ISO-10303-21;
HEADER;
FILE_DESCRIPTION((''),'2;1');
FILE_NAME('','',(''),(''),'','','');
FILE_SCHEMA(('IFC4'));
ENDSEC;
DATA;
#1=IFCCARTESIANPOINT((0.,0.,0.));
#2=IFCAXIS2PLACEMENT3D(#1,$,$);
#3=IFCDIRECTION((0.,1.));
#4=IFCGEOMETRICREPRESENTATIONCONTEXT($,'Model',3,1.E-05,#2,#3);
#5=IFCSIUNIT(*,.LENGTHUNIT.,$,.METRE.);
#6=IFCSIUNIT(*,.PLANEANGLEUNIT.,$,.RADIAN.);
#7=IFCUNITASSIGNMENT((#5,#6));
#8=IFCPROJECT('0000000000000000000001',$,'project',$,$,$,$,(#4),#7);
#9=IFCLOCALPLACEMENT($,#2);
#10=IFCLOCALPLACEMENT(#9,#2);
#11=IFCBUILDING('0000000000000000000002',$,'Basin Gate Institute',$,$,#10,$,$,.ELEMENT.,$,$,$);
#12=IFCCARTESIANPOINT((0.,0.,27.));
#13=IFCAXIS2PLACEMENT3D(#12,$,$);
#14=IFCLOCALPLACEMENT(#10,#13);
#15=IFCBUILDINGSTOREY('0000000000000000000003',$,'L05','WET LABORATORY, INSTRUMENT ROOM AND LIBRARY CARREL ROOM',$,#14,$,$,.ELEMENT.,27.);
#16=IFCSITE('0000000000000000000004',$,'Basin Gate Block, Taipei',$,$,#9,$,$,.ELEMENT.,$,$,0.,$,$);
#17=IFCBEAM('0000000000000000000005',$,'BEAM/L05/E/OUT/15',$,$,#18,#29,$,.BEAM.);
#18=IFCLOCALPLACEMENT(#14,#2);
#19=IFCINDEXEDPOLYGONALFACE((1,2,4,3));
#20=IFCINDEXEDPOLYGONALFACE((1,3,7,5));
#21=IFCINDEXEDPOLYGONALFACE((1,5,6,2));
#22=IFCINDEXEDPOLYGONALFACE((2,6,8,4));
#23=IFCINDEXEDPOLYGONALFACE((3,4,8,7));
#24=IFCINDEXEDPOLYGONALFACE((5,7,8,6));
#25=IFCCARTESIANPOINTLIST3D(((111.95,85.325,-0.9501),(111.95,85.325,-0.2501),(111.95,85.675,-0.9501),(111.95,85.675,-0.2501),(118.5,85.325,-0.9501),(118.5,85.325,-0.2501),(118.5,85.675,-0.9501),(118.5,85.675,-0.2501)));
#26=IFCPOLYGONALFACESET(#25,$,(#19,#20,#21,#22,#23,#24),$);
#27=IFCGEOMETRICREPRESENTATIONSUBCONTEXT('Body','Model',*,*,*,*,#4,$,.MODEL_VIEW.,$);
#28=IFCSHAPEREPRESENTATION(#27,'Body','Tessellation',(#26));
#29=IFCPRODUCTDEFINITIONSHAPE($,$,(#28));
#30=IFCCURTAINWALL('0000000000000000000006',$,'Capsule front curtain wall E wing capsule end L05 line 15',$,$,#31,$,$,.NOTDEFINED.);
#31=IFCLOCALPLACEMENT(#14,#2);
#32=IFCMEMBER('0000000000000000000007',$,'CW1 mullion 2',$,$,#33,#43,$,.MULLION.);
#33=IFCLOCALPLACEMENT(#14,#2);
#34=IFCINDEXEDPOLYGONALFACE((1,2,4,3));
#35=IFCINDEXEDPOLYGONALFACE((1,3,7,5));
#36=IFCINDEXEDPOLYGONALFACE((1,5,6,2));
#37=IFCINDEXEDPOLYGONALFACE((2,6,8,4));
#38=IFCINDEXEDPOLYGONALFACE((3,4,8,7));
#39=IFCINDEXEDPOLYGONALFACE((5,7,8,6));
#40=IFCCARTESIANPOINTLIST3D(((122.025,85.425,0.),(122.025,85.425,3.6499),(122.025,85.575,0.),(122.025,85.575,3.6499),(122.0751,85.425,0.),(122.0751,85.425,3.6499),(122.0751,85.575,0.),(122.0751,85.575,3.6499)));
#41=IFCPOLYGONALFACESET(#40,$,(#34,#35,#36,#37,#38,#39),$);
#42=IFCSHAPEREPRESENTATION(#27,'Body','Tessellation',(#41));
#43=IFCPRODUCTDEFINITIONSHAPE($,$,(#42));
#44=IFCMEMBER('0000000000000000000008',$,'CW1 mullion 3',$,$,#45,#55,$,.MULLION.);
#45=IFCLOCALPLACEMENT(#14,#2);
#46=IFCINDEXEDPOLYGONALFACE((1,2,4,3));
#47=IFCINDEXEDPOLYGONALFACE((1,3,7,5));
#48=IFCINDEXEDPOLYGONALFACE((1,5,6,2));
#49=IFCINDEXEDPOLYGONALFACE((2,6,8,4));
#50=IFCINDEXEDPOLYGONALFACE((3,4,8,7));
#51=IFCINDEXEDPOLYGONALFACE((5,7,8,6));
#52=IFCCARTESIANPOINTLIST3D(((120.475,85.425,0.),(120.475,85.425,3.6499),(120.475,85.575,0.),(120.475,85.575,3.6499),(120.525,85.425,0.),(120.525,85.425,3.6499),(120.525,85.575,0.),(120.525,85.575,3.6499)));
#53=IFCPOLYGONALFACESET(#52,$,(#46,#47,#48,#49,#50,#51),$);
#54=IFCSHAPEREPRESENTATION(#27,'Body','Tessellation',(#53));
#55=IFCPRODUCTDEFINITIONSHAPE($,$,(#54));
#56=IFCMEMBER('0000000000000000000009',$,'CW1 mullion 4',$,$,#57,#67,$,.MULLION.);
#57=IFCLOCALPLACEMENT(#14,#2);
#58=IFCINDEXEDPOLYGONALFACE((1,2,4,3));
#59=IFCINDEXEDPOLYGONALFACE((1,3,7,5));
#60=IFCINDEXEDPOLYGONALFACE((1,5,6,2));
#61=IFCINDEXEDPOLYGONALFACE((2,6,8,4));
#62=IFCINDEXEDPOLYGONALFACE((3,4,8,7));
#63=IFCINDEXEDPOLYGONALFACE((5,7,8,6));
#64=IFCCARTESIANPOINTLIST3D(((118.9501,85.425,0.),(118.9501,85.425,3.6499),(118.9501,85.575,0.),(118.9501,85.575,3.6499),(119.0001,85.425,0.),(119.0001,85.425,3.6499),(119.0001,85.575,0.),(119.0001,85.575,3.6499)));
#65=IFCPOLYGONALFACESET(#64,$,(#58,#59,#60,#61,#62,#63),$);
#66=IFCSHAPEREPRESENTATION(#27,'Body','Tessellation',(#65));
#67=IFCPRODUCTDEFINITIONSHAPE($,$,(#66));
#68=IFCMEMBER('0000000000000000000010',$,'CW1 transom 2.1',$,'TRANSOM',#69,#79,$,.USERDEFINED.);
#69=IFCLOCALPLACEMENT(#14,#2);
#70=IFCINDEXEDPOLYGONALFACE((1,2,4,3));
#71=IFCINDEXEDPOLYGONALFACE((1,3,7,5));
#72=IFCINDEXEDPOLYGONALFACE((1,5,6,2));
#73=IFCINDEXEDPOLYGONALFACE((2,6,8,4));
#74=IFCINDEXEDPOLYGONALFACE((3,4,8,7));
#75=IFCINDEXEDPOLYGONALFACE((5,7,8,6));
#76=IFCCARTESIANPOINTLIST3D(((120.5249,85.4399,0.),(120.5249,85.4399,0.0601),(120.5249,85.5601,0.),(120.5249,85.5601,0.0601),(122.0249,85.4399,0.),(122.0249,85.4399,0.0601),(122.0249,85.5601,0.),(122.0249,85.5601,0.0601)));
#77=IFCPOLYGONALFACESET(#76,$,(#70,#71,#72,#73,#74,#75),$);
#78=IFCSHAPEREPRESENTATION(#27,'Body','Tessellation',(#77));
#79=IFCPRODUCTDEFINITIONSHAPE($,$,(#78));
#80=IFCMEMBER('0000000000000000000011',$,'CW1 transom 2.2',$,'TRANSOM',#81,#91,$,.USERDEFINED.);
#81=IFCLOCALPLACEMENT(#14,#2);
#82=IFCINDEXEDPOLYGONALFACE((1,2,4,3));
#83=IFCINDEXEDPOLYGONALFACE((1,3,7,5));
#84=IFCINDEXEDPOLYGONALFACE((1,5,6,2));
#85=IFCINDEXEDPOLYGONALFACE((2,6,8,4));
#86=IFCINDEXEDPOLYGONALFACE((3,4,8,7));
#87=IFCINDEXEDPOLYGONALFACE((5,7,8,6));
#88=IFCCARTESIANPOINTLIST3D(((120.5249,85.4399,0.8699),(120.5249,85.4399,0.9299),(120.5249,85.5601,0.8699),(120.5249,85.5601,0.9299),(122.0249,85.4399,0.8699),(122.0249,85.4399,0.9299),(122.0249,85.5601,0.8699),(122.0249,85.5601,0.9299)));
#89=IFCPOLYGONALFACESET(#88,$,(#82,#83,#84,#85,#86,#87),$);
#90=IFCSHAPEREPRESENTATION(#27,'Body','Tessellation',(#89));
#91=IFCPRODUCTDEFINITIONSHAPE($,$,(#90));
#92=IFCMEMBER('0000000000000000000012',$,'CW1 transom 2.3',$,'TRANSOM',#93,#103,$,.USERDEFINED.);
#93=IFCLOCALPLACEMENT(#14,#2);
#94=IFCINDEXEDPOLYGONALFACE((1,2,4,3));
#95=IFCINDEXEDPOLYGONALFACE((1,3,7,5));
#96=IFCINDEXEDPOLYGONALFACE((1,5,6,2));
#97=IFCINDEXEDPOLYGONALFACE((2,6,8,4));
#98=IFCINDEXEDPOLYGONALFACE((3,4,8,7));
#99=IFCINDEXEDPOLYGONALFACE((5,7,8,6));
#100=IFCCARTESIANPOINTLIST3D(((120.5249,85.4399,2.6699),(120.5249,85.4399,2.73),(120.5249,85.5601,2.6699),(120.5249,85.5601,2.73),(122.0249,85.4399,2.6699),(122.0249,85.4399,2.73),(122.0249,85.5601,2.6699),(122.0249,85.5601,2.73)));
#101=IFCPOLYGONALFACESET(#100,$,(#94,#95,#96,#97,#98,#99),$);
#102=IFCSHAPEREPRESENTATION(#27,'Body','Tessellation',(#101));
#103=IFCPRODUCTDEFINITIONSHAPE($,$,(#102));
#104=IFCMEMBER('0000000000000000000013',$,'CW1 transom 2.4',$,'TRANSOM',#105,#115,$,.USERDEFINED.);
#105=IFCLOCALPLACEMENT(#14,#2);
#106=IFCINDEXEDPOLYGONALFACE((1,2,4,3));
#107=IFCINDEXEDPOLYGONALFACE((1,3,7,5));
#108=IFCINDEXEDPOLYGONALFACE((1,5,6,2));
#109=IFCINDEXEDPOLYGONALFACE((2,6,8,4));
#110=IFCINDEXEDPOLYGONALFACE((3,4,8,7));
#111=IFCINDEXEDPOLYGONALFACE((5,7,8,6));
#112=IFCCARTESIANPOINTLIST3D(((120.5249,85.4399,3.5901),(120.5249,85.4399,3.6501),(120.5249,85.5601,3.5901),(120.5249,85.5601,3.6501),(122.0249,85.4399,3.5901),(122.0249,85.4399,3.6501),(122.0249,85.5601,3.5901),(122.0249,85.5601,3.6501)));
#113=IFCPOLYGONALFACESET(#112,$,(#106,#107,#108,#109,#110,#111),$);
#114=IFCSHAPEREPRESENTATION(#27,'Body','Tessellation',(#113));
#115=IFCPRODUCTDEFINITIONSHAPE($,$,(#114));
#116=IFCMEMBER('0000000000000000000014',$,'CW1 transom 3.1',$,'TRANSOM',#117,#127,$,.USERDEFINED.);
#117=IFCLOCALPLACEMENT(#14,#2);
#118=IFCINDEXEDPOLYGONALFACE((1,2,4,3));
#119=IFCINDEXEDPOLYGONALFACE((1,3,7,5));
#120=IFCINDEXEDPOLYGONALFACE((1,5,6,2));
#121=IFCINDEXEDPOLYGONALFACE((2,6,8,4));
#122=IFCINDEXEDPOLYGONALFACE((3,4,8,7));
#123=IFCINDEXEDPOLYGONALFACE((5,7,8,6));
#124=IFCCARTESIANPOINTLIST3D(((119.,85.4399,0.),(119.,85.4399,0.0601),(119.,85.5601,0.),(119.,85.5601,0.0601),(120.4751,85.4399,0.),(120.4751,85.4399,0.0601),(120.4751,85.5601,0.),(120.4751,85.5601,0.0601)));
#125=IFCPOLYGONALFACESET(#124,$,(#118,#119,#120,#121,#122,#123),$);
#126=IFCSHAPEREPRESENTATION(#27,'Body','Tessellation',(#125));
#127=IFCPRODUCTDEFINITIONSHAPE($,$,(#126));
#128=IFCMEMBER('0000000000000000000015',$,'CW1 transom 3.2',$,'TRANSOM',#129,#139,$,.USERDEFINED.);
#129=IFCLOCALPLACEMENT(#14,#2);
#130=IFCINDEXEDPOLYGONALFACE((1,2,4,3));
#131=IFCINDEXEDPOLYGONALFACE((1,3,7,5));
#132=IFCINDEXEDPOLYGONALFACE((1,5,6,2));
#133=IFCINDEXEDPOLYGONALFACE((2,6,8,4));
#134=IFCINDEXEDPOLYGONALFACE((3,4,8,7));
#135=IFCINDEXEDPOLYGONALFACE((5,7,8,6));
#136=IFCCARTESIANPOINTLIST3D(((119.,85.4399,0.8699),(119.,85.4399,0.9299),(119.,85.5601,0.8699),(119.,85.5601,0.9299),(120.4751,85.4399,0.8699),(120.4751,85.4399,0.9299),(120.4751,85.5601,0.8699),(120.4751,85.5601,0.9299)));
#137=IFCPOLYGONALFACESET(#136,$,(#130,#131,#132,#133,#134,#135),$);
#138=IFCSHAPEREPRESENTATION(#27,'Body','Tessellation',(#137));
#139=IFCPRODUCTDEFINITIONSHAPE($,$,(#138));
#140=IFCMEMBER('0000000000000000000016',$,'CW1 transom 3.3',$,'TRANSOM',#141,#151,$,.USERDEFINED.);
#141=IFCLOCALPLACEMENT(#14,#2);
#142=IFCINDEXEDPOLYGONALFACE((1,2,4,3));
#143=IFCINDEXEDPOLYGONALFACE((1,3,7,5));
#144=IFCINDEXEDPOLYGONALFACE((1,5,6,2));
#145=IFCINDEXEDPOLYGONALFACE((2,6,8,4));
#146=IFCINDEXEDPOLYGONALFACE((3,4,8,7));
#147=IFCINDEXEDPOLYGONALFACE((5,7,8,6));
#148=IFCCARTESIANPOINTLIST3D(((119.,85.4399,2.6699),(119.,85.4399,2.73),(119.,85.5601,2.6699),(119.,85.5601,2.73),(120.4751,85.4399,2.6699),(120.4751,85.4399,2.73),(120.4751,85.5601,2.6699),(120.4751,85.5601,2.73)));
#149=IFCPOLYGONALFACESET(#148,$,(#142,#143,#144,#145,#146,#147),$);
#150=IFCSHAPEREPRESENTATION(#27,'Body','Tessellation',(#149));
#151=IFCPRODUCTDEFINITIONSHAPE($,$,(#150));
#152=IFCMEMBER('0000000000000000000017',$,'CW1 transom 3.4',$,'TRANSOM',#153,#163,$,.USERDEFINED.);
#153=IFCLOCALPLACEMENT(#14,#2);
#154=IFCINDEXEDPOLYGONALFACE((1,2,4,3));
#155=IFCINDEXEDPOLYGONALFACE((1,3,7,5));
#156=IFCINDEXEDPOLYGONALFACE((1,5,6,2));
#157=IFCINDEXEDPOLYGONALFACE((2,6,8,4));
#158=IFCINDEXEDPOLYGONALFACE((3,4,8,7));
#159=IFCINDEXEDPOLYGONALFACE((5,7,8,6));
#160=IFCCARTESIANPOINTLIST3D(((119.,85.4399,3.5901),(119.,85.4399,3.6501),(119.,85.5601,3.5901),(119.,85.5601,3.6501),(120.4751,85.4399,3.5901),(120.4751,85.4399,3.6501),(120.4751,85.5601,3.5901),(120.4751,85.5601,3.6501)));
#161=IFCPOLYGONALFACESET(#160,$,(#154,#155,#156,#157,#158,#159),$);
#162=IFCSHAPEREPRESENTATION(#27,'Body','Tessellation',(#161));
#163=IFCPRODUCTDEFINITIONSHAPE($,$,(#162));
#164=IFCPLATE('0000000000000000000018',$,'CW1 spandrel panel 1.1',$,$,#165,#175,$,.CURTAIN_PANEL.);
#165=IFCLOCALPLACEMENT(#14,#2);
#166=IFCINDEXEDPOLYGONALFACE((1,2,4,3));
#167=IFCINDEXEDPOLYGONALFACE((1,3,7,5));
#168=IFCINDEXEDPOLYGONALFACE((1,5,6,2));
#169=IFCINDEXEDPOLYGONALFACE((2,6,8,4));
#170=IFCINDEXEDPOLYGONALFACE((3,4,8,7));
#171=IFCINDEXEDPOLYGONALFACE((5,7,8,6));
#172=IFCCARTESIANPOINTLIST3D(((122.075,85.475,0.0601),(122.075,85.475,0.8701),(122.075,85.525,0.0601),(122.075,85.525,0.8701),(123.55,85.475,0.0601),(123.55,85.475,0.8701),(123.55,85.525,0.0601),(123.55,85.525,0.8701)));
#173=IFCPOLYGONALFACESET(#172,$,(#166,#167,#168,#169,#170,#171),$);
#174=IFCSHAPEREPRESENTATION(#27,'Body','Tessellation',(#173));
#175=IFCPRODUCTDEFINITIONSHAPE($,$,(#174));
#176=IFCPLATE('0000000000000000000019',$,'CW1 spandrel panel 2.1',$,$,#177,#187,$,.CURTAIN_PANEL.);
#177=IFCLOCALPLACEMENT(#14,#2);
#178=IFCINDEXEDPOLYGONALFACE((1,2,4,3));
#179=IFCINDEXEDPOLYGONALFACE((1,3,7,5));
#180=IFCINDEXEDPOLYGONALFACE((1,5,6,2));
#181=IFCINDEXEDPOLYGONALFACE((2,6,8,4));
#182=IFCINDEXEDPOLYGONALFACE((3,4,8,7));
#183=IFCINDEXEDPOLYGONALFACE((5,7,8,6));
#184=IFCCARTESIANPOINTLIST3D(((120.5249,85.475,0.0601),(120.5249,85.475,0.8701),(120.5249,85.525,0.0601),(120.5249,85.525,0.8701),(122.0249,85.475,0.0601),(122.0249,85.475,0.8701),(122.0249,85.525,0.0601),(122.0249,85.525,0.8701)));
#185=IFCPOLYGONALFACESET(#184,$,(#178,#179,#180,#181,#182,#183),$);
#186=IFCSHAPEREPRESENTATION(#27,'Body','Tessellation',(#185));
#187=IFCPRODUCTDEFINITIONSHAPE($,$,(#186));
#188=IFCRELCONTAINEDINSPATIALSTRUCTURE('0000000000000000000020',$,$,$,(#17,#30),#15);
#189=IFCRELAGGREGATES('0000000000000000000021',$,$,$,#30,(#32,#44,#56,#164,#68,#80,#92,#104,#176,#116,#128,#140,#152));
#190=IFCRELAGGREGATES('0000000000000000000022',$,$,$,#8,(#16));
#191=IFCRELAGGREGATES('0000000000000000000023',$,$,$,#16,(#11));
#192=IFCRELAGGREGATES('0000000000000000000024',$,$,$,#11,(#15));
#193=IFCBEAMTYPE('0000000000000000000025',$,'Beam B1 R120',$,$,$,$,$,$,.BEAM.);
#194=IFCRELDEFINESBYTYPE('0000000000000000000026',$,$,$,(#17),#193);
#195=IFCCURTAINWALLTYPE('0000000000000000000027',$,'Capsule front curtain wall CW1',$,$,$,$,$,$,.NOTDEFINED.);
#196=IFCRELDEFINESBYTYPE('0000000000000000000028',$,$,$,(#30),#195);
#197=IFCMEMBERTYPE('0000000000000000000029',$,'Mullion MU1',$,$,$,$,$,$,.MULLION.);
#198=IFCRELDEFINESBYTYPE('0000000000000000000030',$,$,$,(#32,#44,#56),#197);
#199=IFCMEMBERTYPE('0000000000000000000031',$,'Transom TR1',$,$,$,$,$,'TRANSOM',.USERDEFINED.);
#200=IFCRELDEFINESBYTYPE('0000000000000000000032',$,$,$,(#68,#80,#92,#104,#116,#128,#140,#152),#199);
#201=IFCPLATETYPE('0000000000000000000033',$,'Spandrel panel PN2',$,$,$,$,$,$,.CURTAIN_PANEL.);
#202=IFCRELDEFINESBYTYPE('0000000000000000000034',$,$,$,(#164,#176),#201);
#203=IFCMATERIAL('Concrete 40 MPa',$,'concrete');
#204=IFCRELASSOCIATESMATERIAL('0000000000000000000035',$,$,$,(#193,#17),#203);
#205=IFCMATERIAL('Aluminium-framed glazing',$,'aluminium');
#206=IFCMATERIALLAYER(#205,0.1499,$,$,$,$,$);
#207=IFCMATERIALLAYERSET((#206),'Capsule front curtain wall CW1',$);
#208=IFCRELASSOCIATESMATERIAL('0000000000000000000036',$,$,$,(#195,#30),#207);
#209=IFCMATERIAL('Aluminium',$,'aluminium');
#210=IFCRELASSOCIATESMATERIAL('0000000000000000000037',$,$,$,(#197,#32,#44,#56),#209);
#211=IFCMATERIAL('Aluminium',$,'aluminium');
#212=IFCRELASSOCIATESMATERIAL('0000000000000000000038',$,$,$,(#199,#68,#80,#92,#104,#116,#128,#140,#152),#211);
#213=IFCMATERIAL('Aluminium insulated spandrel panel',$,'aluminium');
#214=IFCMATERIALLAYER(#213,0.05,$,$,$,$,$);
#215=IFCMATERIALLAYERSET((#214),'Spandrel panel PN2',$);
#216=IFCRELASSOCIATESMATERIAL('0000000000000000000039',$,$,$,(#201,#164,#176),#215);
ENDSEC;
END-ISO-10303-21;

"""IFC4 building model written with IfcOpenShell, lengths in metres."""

from ifc_helpers import new_model, si_unit, direction, frame, origin, origin_2d, place, context, subcontext, project, spatial, rectangle, extrude, material, layer, layer_set, material_profile, profile_set, type_object, element, aggregate, save


model = new_model("IFC4")

# Units and contexts
model_context = context("Model", 3, precision=1e-05, world=origin(), true_north=direction((0.0, 1.0)))
body_context = subcontext(model_context, "Body", "Model", "MODEL_VIEW")
ifc_project = project(units=[si_unit("LENGTHUNIT", "METRE"), si_unit("PLANEANGLEUNIT", "RADIAN")], contexts=[model_context])

# Site, building, storey
site_placement = place(None, origin())
site = spatial("IfcSite", under=ifc_project, at=site_placement, Name="Basin Gate Block, Taipei", CompositionType="ELEMENT", RefElevation=0.0)
building_placement = place(site_placement, origin())
building = spatial("IfcBuilding", under=site, at=building_placement, Name="Basin Gate Institute", CompositionType="ELEMENT")
storey_placement = place(building_placement, frame((0.0, 0.0, 27.0)))
storey = spatial("IfcBuildingStorey", under=building, at=storey_placement, Name="L05", Description="WET LABORATORY, INSTRUMENT ROOM AND LIBRARY CARREL ROOM", CompositionType="ELEMENT", Elevation=27.0)

# Beam
ifc_material_1 = material(Name="Concrete 40 MPa", Category="concrete")
ifc_material_profile_1 = material_profile(ifc_material_1, rectangle(XDim=0.3501, YDim=0.7, at=origin_2d()), Name="Beam B1 350 x 700")
ifc_profile_set_1 = profile_set([ifc_material_profile_1], Name="Concrete 40 MPa")
beam_type = type_object("IfcBeamType", Name="Beam B1 R120", PredefinedType="BEAM", material=ifc_profile_set_1)
beam_placement = place(storey_placement, frame((118.5, 85.5, -0.6001), z_axis=(-1.0, 0.0, 0.0), x_axis=(0.0, -1.0, 0.0)))
element("IfcBeam", 1, at=beam_placement, inside=storey, type_object=beam_type, material=ifc_profile_set_1, Name="BEAM/L05/E/OUT/15", PredefinedType="BEAM", context=body_context, shape_type="SweptSolid", body=[
    extrude(rectangle(XDim=0.3501, YDim=0.7, at=origin_2d()), origin(), (0.0, 0.0, 1.0), 6.55),
])

# Curtain wall, members, plates
ifc_material_2 = material(Name="Aluminium-framed glazing", Category="aluminium")
ifc_layer_1 = layer(ifc_material_2, 0.1499)
ifc_layer_set_1 = layer_set([ifc_layer_1], Name="Capsule front curtain wall CW1")
curtain_wall_type = type_object("IfcCurtainWallType", Name="Capsule front curtain wall CW1", PredefinedType="NOTDEFINED", material=ifc_layer_set_1)
curtain_wall_placement = place(storey_placement, origin())
curtain_wall = element("IfcCurtainWall", 2, at=curtain_wall_placement, inside=storey, type_object=curtain_wall_type, material=ifc_layer_set_1, Name="Capsule front curtain wall E wing capsule end L05 line 15", PredefinedType="NOTDEFINED")
ifc_material_3 = material(Name="Aluminium", Category="aluminium")
ifc_material_profile_2 = material_profile(ifc_material_3, rectangle(XDim=0.1499, YDim=0.05, at=origin_2d()), Name="Mullion MU1 150 x 50")
ifc_profile_set_2 = profile_set([ifc_material_profile_2], Name="Aluminium")
member_type_1 = type_object("IfcMemberType", Name="Mullion MU1", PredefinedType="MULLION", material=ifc_profile_set_2)
member_1_placement = place(storey_placement, frame((122.05, 85.5, 0.0), z_axis=(0.0, 0.0, 1.0), x_axis=(0.0, -1.0, 0.0)))
member_1 = element("IfcMember", 3, at=member_1_placement, type_object=member_type_1, material=ifc_profile_set_2, Name="CW1 mullion 2", PredefinedType="MULLION", context=body_context, shape_type="SweptSolid", body=[
    extrude(rectangle(XDim=0.1499, YDim=0.05, at=origin_2d()), origin(), (0.0, 0.0, 1.0), 3.6499),
])
member_2_placement = place(storey_placement, frame((120.5, 85.5, 0.0), z_axis=(0.0, 0.0, 1.0), x_axis=(0.0, -1.0, 0.0)))
member_2 = element("IfcMember", 4, at=member_2_placement, type_object=member_type_1, material=ifc_profile_set_2, Name="CW1 mullion 3", PredefinedType="MULLION", context=body_context, shape_type="SweptSolid", body=[
    extrude(rectangle(XDim=0.1499, YDim=0.05, at=origin_2d()), origin(), (0.0, 0.0, 1.0), 3.6499),
])
member_3_placement = place(storey_placement, frame((118.9751, 85.5, 0.0), z_axis=(0.0, 0.0, 1.0), x_axis=(0.0, -1.0, 0.0)))
member_3 = element("IfcMember", 5, at=member_3_placement, type_object=member_type_1, material=ifc_profile_set_2, Name="CW1 mullion 4", PredefinedType="MULLION", context=body_context, shape_type="SweptSolid", body=[
    extrude(rectangle(XDim=0.1499, YDim=0.05, at=origin_2d()), origin(), (0.0, 0.0, 1.0), 3.6499),
])
ifc_material_4 = material(Name="Aluminium", Category="aluminium")
ifc_material_profile_3 = material_profile(ifc_material_4, rectangle(XDim=0.1201, YDim=0.0601, at=origin_2d()), Name="Transom TR1 120 x 60")
ifc_profile_set_3 = profile_set([ifc_material_profile_3], Name="Aluminium")
member_type_2 = type_object("IfcMemberType", Name="Transom TR1", ElementType="TRANSOM", PredefinedType="USERDEFINED", material=ifc_profile_set_3)
member_4_placement = place(storey_placement, frame((122.0249, 85.5, 0.03), z_axis=(-1.0, 0.0, 0.0), x_axis=(0.0, -1.0, 0.0)))
member_4 = element("IfcMember", 6, at=member_4_placement, type_object=member_type_2, material=ifc_profile_set_3, Name="CW1 transom 2.1", ObjectType="TRANSOM", PredefinedType="USERDEFINED", context=body_context, shape_type="SweptSolid", body=[
    extrude(rectangle(XDim=0.1201, YDim=0.0601, at=origin_2d()), origin(), (0.0, 0.0, 1.0), 1.5),
])
member_5_placement = place(storey_placement, frame((122.0249, 85.5, 0.8999), z_axis=(-1.0, 0.0, 0.0), x_axis=(0.0, -1.0, 0.0)))
member_5 = element("IfcMember", 7, at=member_5_placement, type_object=member_type_2, material=ifc_profile_set_3, Name="CW1 transom 2.2", ObjectType="TRANSOM", PredefinedType="USERDEFINED", context=body_context, shape_type="SweptSolid", body=[
    extrude(rectangle(XDim=0.1201, YDim=0.0601, at=origin_2d()), origin(), (0.0, 0.0, 1.0), 1.5),
])
member_6_placement = place(storey_placement, frame((122.0249, 85.5, 2.7), z_axis=(-1.0, 0.0, 0.0), x_axis=(0.0, -1.0, 0.0)))
member_6 = element("IfcMember", 8, at=member_6_placement, type_object=member_type_2, material=ifc_profile_set_3, Name="CW1 transom 2.3", ObjectType="TRANSOM", PredefinedType="USERDEFINED", context=body_context, shape_type="SweptSolid", body=[
    extrude(rectangle(XDim=0.1201, YDim=0.0601, at=origin_2d()), origin(), (0.0, 0.0, 1.0), 1.5),
])
member_7_placement = place(storey_placement, frame((122.0249, 85.5, 3.6201), z_axis=(-1.0, 0.0, 0.0), x_axis=(0.0, -1.0, 0.0)))
member_7 = element("IfcMember", 9, at=member_7_placement, type_object=member_type_2, material=ifc_profile_set_3, Name="CW1 transom 2.4", ObjectType="TRANSOM", PredefinedType="USERDEFINED", context=body_context, shape_type="SweptSolid", body=[
    extrude(rectangle(XDim=0.1201, YDim=0.0601, at=origin_2d()), origin(), (0.0, 0.0, 1.0), 1.5),
])
member_8_placement = place(storey_placement, frame((120.4751, 85.5, 0.03), z_axis=(-1.0, 0.0, 0.0), x_axis=(0.0, -1.0, 0.0)))
member_8 = element("IfcMember", 10, at=member_8_placement, type_object=member_type_2, material=ifc_profile_set_3, Name="CW1 transom 3.1", ObjectType="TRANSOM", PredefinedType="USERDEFINED", context=body_context, shape_type="SweptSolid", body=[
    extrude(rectangle(XDim=0.1201, YDim=0.0601, at=origin_2d()), origin(), (0.0, 0.0, 1.0), 1.4751),
])
member_9_placement = place(storey_placement, frame((120.4751, 85.5, 0.8999), z_axis=(-1.0, 0.0, 0.0), x_axis=(0.0, -1.0, 0.0)))
member_9 = element("IfcMember", 11, at=member_9_placement, type_object=member_type_2, material=ifc_profile_set_3, Name="CW1 transom 3.2", ObjectType="TRANSOM", PredefinedType="USERDEFINED", context=body_context, shape_type="SweptSolid", body=[
    extrude(rectangle(XDim=0.1201, YDim=0.0601, at=origin_2d()), origin(), (0.0, 0.0, 1.0), 1.4751),
])
member_10_placement = place(storey_placement, frame((120.4751, 85.5, 2.7), z_axis=(-1.0, 0.0, 0.0), x_axis=(0.0, -1.0, 0.0)))
member_10 = element("IfcMember", 12, at=member_10_placement, type_object=member_type_2, material=ifc_profile_set_3, Name="CW1 transom 3.3", ObjectType="TRANSOM", PredefinedType="USERDEFINED", context=body_context, shape_type="SweptSolid", body=[
    extrude(rectangle(XDim=0.1201, YDim=0.0601, at=origin_2d()), origin(), (0.0, 0.0, 1.0), 1.4751),
])
member_11_placement = place(storey_placement, frame((120.4751, 85.5, 3.6201), z_axis=(-1.0, 0.0, 0.0), x_axis=(0.0, -1.0, 0.0)))
member_11 = element("IfcMember", 13, at=member_11_placement, type_object=member_type_2, material=ifc_profile_set_3, Name="CW1 transom 3.4", ObjectType="TRANSOM", PredefinedType="USERDEFINED", context=body_context, shape_type="SweptSolid", body=[
    extrude(rectangle(XDim=0.1201, YDim=0.0601, at=origin_2d()), origin(), (0.0, 0.0, 1.0), 1.4751),
])
ifc_material_5 = material(Name="Aluminium insulated spandrel panel", Category="aluminium")
ifc_layer_2 = layer(ifc_material_5, 0.05)
ifc_layer_set_2 = layer_set([ifc_layer_2], Name="Spandrel panel PN2")
plate_type_1 = type_object("IfcPlateType", Name="Spandrel panel PN2", PredefinedType="CURTAIN_PANEL", material=ifc_layer_set_2)
plate_1_placement = place(storey_placement, frame((122.8125, 85.5, 0.0601), z_axis=(0.0, 0.0, 1.0), x_axis=(-1.0, 0.0, 0.0)))
plate_1 = element("IfcPlate", 14, at=plate_1_placement, type_object=plate_type_1, material=ifc_layer_set_2, Name="CW1 spandrel panel 1.1", PredefinedType="CURTAIN_PANEL", context=body_context, shape_type="SweptSolid", body=[
    extrude(rectangle(XDim=1.4751, YDim=0.05, at=origin_2d()), origin(), (0.0, 0.0, 1.0), 0.8101),
])
plate_2_placement = place(storey_placement, frame((121.2749, 85.5, 0.0601), z_axis=(0.0, 0.0, 1.0), x_axis=(-1.0, 0.0, 0.0)))
plate_2 = element("IfcPlate", 15, at=plate_2_placement, type_object=plate_type_1, material=ifc_layer_set_2, Name="CW1 spandrel panel 2.1", PredefinedType="CURTAIN_PANEL", context=body_context, shape_type="SweptSolid", body=[
    extrude(rectangle(XDim=1.5, YDim=0.05, at=origin_2d()), origin(), (0.0, 0.0, 1.0), 0.8101),
])
aggregate(curtain_wall, [member_1, member_2, member_3, plate_1, member_4, member_5, member_6, member_7, plate_2, member_8, member_9, member_10, member_11])

save(model, "model.ifc")
